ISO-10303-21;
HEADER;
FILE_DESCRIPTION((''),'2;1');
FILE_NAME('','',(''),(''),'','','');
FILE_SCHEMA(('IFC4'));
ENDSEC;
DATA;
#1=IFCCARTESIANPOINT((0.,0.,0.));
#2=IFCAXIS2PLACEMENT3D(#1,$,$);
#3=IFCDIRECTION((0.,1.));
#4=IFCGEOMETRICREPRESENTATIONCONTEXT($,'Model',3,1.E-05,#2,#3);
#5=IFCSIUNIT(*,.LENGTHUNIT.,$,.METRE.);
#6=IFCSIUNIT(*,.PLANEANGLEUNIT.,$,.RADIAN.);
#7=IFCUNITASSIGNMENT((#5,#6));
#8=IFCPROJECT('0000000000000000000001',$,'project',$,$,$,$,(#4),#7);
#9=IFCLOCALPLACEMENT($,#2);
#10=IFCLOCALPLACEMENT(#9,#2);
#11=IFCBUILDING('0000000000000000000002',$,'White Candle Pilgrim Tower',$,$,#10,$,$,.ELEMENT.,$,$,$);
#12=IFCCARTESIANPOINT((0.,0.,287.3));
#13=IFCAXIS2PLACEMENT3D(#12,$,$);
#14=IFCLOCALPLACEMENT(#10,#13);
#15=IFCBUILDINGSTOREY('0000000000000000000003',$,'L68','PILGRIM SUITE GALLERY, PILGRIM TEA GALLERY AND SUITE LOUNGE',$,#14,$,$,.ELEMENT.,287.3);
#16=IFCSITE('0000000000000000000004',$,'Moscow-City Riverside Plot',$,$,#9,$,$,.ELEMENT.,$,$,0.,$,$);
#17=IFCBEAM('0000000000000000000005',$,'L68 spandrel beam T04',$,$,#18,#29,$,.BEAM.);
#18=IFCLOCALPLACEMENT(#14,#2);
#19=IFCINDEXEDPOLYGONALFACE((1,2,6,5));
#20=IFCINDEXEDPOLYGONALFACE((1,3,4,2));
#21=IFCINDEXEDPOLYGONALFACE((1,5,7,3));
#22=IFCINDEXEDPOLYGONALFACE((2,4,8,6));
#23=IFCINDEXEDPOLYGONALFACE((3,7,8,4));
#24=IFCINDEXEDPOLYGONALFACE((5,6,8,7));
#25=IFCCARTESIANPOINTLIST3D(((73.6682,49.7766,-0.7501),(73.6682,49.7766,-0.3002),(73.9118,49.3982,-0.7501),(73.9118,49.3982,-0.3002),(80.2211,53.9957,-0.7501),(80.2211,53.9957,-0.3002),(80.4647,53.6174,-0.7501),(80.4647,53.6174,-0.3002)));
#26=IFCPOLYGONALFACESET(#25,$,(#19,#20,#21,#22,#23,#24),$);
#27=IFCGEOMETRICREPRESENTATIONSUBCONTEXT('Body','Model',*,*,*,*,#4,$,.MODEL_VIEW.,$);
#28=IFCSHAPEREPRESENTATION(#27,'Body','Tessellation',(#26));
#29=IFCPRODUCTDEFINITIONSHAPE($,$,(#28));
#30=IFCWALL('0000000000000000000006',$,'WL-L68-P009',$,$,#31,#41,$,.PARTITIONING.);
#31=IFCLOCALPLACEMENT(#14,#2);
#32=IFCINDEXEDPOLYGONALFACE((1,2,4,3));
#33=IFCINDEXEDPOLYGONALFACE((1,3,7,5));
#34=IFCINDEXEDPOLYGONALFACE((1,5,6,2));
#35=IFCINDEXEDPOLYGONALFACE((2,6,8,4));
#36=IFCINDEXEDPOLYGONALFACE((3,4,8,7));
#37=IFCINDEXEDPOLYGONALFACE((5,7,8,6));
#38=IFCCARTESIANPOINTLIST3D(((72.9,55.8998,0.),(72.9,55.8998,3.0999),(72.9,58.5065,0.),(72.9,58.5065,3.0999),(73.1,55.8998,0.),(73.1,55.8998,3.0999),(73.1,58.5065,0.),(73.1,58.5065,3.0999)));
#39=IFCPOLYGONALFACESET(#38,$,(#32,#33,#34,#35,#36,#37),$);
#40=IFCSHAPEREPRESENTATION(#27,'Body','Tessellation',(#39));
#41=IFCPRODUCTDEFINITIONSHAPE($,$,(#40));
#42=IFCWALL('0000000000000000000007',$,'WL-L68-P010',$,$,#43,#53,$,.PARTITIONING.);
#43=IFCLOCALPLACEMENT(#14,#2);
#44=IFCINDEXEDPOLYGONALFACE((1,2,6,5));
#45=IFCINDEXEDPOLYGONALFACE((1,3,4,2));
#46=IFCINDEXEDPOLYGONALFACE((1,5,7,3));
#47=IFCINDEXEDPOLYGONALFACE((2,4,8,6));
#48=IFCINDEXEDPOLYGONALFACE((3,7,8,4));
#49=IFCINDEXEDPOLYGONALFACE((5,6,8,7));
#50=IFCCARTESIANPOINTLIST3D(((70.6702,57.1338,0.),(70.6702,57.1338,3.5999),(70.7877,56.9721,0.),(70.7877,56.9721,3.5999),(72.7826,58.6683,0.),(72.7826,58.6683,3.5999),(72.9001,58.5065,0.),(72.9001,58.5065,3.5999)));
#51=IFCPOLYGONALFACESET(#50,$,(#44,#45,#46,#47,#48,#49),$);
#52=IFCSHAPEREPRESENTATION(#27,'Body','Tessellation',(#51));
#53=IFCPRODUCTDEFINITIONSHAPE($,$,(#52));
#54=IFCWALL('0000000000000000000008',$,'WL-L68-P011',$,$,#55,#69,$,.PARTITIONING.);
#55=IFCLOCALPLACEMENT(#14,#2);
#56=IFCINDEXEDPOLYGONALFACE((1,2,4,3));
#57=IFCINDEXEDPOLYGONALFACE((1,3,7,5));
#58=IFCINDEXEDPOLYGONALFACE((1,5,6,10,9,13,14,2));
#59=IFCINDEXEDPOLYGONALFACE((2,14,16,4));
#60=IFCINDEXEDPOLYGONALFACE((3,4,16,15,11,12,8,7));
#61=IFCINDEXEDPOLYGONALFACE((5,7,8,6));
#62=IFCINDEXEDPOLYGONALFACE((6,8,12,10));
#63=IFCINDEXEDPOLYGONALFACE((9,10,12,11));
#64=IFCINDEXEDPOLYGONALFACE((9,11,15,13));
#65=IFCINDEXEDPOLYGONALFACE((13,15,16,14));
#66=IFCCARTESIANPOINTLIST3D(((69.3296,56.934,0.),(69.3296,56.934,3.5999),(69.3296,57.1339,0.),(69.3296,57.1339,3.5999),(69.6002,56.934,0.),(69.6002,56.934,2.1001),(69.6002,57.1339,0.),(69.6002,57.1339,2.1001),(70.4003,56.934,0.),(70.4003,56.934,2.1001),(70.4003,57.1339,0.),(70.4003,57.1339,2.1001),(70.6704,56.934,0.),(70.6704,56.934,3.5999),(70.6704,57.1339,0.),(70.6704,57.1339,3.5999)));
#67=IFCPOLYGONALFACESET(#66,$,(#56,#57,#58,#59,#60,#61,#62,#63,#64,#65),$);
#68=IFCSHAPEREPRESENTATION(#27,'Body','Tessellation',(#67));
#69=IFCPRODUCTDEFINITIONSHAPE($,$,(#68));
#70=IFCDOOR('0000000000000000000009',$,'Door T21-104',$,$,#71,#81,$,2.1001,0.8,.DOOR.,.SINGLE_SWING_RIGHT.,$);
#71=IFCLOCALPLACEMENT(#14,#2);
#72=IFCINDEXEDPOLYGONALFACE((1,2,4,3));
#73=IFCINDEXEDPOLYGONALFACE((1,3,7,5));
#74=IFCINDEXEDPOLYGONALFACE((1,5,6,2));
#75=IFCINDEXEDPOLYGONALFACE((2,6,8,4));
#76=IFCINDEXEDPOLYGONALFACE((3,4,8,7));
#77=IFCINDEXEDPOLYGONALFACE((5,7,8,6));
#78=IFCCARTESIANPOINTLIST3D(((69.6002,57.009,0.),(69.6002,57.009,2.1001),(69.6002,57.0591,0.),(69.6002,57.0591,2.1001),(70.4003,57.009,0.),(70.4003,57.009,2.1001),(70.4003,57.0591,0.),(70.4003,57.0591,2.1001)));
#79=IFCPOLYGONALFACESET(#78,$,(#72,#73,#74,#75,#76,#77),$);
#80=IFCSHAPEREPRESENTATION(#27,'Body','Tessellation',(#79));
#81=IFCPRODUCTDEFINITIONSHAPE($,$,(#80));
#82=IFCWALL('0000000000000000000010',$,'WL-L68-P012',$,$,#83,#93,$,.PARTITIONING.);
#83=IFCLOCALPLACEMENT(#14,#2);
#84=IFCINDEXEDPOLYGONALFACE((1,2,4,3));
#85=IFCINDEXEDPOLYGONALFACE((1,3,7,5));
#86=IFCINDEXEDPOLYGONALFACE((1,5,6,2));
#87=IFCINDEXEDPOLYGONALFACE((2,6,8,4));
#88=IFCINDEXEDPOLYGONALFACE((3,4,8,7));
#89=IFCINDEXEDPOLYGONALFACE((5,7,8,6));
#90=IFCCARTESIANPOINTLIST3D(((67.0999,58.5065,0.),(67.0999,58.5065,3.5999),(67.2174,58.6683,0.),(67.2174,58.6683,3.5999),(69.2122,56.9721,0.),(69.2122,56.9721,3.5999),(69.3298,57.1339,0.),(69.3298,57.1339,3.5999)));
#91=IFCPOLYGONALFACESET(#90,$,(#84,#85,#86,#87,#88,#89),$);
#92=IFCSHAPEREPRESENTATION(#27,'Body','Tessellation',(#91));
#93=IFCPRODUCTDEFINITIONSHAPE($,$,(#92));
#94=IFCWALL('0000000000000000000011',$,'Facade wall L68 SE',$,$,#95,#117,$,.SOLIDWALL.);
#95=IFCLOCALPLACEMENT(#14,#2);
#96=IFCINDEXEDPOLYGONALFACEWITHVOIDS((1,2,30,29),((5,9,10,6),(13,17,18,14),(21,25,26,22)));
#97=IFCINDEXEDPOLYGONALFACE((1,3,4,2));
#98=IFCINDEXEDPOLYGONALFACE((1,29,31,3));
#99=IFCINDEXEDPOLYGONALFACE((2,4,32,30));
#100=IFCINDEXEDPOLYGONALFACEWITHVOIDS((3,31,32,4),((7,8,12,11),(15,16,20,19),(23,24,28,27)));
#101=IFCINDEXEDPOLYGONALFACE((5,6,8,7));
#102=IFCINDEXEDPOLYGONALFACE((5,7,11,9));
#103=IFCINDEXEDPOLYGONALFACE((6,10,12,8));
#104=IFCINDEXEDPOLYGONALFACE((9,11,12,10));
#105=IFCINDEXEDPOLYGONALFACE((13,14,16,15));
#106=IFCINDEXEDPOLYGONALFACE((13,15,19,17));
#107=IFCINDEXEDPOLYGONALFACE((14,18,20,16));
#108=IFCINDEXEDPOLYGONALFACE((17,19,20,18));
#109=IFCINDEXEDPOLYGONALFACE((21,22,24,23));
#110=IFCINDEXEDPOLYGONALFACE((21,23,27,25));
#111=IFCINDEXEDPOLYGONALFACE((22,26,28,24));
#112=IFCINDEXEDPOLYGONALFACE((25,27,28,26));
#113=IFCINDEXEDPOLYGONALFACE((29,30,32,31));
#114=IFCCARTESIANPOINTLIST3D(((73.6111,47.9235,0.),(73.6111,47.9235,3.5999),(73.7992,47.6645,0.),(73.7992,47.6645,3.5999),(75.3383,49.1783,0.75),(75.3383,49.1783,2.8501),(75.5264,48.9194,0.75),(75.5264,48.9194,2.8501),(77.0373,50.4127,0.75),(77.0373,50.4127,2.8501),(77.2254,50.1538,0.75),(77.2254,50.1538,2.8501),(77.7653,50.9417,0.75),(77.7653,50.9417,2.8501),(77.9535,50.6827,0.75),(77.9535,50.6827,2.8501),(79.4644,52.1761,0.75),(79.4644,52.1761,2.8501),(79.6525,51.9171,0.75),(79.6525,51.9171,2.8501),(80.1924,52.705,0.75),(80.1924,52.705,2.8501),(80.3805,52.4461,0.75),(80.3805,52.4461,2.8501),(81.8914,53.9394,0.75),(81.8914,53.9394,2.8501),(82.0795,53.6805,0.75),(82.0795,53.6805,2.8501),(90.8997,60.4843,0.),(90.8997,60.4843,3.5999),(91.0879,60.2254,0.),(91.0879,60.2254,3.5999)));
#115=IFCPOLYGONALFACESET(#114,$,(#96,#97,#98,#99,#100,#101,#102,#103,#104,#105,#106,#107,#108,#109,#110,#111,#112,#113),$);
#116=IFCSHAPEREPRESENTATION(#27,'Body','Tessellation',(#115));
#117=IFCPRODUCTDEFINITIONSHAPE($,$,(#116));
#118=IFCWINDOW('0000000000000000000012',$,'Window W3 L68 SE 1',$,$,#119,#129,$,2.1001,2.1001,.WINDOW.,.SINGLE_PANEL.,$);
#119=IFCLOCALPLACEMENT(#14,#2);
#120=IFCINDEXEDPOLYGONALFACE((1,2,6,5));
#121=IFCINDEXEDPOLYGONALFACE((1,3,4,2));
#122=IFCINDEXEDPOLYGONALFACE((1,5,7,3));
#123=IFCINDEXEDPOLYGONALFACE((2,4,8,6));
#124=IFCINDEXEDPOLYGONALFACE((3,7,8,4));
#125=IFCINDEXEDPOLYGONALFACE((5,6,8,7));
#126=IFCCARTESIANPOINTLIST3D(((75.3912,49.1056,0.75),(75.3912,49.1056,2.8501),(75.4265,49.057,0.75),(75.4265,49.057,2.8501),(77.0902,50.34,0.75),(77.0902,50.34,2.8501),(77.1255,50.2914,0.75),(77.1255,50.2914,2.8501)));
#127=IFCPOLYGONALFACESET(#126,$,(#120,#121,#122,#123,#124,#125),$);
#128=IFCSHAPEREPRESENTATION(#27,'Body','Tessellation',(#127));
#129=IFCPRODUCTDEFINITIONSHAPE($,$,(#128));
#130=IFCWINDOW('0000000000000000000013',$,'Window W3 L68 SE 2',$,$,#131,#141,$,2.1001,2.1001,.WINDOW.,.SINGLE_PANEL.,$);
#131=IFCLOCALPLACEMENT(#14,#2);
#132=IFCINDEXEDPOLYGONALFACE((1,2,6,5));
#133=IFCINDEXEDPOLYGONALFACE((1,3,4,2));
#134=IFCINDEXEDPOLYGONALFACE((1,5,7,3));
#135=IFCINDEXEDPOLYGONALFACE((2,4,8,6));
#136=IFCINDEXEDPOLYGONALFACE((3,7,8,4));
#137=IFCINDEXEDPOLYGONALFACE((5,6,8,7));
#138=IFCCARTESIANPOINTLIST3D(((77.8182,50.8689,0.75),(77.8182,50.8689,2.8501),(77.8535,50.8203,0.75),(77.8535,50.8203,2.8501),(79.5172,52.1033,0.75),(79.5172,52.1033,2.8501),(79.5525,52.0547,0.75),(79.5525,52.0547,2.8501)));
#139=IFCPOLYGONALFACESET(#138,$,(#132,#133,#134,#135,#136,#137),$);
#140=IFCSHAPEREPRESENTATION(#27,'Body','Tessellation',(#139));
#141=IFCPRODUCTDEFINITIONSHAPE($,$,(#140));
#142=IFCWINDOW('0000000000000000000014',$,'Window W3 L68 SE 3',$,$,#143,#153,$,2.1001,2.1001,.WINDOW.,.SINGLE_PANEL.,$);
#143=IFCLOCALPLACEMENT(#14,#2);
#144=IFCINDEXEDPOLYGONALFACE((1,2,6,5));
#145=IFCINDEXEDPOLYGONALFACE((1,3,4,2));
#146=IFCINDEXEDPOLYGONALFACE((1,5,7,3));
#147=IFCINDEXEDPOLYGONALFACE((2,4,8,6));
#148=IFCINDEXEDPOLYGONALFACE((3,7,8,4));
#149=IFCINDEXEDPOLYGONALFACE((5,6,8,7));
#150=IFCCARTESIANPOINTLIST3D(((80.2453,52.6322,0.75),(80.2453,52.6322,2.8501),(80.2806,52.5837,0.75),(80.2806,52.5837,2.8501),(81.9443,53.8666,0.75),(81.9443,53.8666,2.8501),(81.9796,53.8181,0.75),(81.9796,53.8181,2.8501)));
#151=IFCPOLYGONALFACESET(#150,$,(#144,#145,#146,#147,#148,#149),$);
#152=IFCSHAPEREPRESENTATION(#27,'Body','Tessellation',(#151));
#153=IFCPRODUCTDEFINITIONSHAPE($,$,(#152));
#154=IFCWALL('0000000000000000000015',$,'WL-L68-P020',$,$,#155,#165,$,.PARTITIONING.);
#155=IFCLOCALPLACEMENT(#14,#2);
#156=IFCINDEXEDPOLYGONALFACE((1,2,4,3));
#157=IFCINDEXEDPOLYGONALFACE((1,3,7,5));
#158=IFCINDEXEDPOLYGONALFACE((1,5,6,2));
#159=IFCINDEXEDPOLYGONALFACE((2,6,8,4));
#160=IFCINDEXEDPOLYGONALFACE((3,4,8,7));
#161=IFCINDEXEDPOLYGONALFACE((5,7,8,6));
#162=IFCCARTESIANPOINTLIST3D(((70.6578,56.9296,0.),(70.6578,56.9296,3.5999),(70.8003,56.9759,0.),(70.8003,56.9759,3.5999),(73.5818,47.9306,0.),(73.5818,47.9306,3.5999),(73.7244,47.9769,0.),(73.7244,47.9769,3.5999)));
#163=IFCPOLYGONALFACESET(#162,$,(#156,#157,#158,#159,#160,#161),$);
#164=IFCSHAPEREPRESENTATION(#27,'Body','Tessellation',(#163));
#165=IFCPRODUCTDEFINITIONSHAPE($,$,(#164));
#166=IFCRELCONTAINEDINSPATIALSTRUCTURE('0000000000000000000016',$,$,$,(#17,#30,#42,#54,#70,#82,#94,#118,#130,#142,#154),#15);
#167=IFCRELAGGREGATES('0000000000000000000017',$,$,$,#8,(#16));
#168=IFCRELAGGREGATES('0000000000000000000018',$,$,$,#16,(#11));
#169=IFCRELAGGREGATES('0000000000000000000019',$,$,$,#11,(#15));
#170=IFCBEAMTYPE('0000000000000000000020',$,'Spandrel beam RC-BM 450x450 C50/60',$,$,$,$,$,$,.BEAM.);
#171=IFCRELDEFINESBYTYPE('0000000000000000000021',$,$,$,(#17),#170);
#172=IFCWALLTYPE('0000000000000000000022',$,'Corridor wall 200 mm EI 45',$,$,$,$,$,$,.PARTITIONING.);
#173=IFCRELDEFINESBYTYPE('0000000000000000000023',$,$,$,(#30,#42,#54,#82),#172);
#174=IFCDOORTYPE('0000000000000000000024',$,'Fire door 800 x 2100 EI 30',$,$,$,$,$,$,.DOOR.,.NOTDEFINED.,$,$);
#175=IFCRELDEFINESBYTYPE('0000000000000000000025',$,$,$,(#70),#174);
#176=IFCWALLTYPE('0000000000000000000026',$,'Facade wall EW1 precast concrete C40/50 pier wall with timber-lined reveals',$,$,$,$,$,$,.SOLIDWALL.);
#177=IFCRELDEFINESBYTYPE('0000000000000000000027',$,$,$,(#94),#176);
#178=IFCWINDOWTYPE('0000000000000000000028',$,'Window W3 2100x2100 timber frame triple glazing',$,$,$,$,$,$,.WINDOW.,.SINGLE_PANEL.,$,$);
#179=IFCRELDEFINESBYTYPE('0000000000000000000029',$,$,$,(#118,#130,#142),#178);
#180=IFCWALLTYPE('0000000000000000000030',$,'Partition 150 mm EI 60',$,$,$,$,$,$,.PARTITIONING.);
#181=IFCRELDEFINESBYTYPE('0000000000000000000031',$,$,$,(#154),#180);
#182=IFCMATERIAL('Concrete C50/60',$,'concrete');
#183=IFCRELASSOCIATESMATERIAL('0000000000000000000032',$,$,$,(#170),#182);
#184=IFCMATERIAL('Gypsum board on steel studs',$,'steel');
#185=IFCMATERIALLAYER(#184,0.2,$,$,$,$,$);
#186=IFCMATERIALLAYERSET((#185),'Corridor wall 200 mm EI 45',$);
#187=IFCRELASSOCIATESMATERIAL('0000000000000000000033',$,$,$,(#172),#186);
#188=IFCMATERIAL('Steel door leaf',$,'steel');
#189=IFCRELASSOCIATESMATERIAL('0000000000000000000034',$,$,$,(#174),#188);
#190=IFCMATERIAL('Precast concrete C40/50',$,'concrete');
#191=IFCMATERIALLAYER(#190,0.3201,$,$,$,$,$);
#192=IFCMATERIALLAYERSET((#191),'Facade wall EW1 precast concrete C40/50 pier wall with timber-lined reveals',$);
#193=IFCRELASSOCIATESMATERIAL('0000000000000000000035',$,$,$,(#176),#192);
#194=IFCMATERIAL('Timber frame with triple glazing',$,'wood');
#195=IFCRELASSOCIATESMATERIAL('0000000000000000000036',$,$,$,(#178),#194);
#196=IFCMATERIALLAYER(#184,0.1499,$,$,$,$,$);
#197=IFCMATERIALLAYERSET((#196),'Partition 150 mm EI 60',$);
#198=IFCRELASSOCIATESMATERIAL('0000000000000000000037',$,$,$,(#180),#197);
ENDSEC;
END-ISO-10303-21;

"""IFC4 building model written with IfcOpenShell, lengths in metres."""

from ifc_helpers import new_model, si_unit, direction, frame, frame_2d, origin, origin_2d, place, context, subcontext, project, spatial, rectangle, extrude, material, layer, layer_set, material_profile, profile_set, type_object, element, fill, save


model = new_model("IFC4")

# Units and contexts
model_context = context("Model", 3, precision=1e-05, world=origin(), true_north=direction((0.0, 1.0)))
body_context = subcontext(model_context, "Body", "Model", "MODEL_VIEW")
ifc_project = project(units=[si_unit("LENGTHUNIT", "METRE"), si_unit("PLANEANGLEUNIT", "RADIAN")], contexts=[model_context])

# Site, building, storey
site_placement = place(None, origin())
site = spatial("IfcSite", under=ifc_project, at=site_placement, Name="Moscow-City Riverside Plot", CompositionType="ELEMENT", RefElevation=0.0)
building_placement = place(site_placement, origin())
building = spatial("IfcBuilding", under=site, at=building_placement, Name="White Candle Pilgrim Tower", CompositionType="ELEMENT")
storey_placement = place(building_placement, frame((0.0, 0.0, 287.3)))
storey = spatial("IfcBuildingStorey", under=building, at=storey_placement, Name="L68", Description="PILGRIM SUITE GALLERY, PILGRIM TEA GALLERY AND SUITE LOUNGE", CompositionType="ELEMENT", Elevation=287.3)

# Beam
ifc_material_1 = material(Name="Concrete C50/60", Category="concrete")
ifc_material_profile_1 = material_profile(ifc_material_1, rectangle(XDim=0.45, YDim=0.45, at=origin_2d()), Name="RC-BM 450x450")
ifc_profile_set_1 = profile_set([ifc_material_profile_1], Name="Concrete C50/60")
beam_type_1 = type_object("IfcBeamType", Name="Spandrel beam RC-BM 450x450 C50/60", PredefinedType="BEAM", material=ifc_profile_set_1)
beam_1_placement = place(storey_placement, frame((73.79, 49.5874, -0.5251), z_axis=(0.840793, 0.541357, 0.0), x_axis=(-0.541357, 0.840793, 0.0)))
element("IfcBeam", 1, at=beam_1_placement, inside=storey, type_object=beam_type_1, Name="L68 spandrel beam T04", PredefinedType="BEAM", context=body_context, shape_type="SweptSolid", body=[
    extrude(rectangle(XDim=0.45, YDim=0.45, at=origin_2d()), origin(), (0.0, 0.0, 1.0), 7.7937),
])

# Walls
ifc_material_2 = material(Name="Gypsum board on steel studs", Category="steel")
ifc_layer_1 = layer(ifc_material_2, 0.2)
ifc_layer_set_1 = layer_set([ifc_layer_1], Name="Corridor wall 200 mm EI 45")
wall_type_1 = type_object("IfcWallType", Name="Corridor wall 200 mm EI 45", PredefinedType="PARTITIONING", material=ifc_layer_set_1)
wall_1_placement = place(storey_placement, frame((73.0, 55.8999, 0.0), z_axis=(0.0, 0.0, 1.0), x_axis=(0.0, 1.0, 0.0)))
element("IfcWall", 2, at=wall_1_placement, inside=storey, type_object=wall_type_1, Name="WL-L68-P009", PredefinedType="PARTITIONING", context=body_context, shape_type="SweptSolid", body=[
    extrude(rectangle(XDim=2.6067, YDim=0.2, at=frame_2d((1.3032, 0.0))), origin(), (0.0, 0.0, 1.0), 3.0999),
])
wall_2_placement = place(storey_placement, frame((72.8413, 58.5874, 0.0), z_axis=(0.0, 0.0, 1.0), x_axis=(-0.809064, -0.587721, 0.0)))
element("IfcWall", 3, at=wall_2_placement, inside=storey, type_object=wall_type_1, Name="WL-L68-P010", PredefinedType="PARTITIONING", context=body_context, shape_type="SweptSolid", body=[
    extrude(rectangle(XDim=2.6108, YDim=0.2, at=frame_2d((1.3054, 0.0))), origin(), (0.0, 0.0, 1.0), 3.5999),
])

# Wall, opening, door
wall_3_placement = place(storey_placement, frame((70.6704, 57.0339, 0.0), z_axis=(0.0, 0.0, 1.0), x_axis=(-1.0, 0.0, 0.0)))
wall_3 = element("IfcWall", 4, at=wall_3_placement, inside=storey, type_object=wall_type_1, Name="WL-L68-P011", PredefinedType="PARTITIONING", context=body_context, shape_type="SweptSolid", body=[
    extrude(rectangle(XDim=1.3408, YDim=0.2, at=frame_2d((0.6704, 0.0))), origin(), (0.0, 0.0, 1.0), 3.5999),
])
opening_1_placement = place(wall_3_placement, frame((0.2703, 0.0, 0.0)))
opening_1 = element("IfcOpeningElement", 5, at=opening_1_placement, cuts=wall_3, PredefinedType="OPENING", context=body_context, shape_type="SweptSolid", body=[
    extrude(rectangle(XDim=0.8, YDim=2.1001, at=frame_2d((0.3999, 1.05))), frame((0.0, 0.1099, 0.0), z_axis=(0.0, -1.0, 0.0), x_axis=(1.0, 0.0, 0.0)), (0.0, 0.0, 1.0), 0.22),
])
ifc_material_3 = material(Name="Steel door leaf", Category="steel")
door_type_1 = type_object("IfcDoorType", Name="Fire door 800 x 2100 EI 30", OperationType="NOTDEFINED", PredefinedType="DOOR", material=ifc_material_3)
door_1_placement = place(opening_1_placement, origin())
door_1 = element("IfcDoor", 6, at=door_1_placement, inside=storey, type_object=door_type_1, Name="Door T21-104", OperationType="SINGLE_SWING_RIGHT", OverallHeight=2.1001, OverallWidth=0.8, PredefinedType="DOOR", context=body_context, shape_type="SweptSolid", body=[
    extrude(rectangle(XDim=0.8, YDim=2.1001, at=frame_2d((0.3999, 1.05))), frame((0.0, 0.0249, 0.0), z_axis=(0.0, -1.0, 0.0), x_axis=(1.0, 0.0, 0.0)), (0.0, 0.0, 1.0), 0.05),
])
fill(opening_1, door_1)

# Wall
wall_4_placement = place(storey_placement, frame((69.271, 57.053, 0.0), z_axis=(0.0, 0.0, 1.0), x_axis=(-0.809064, 0.587721, 0.0)))
element("IfcWall", 7, at=wall_4_placement, inside=storey, type_object=wall_type_1, Name="WL-L68-P012", PredefinedType="PARTITIONING", context=body_context, shape_type="SweptSolid", body=[
    extrude(rectangle(XDim=2.6108, YDim=0.2, at=frame_2d((1.3054, 0.0))), origin(), (0.0, 0.0, 1.0), 3.5999),
])

# Wall, openings, windows
ifc_material_4 = material(Name="Precast concrete C40/50", Category="concrete")
ifc_layer_2 = layer(ifc_material_4, 0.3201)
ifc_layer_set_2 = layer_set([ifc_layer_2], Name="Facade wall EW1 precast concrete C40/50 pier wall with timber-lined reveals")
wall_type_2 = type_object("IfcWallType", Name="Facade wall EW1 precast concrete C40/50 pier wall with timber-lined reveals", PredefinedType="SOLIDWALL", material=ifc_layer_set_2)
wall_5_placement = place(storey_placement, frame((73.7051, 47.7939, 0.0), z_axis=(0.0, 0.0, 1.0), x_axis=(0.809019, 0.587782, 0.0)))
wall_5 = element("IfcWall", 8, at=wall_5_placement, inside=storey, type_object=wall_type_2, Name="Facade wall L68 SE", PredefinedType="SOLIDWALL", context=body_context, shape_type="SweptSolid", body=[
    extrude(rectangle(XDim=21.3699, YDim=0.3201, at=frame_2d((10.6851, 0.0))), origin(), (0.0, 0.0, 1.0), 3.5999),
])
opening_2_placement = place(wall_5_placement, frame((2.135, 0.0, 0.75)))
opening_2 = element("IfcOpeningElement", 9, at=opening_2_placement, cuts=wall_5, PredefinedType="OPENING", context=body_context, shape_type="SweptSolid", body=[
    extrude(rectangle(XDim=2.1001, YDim=2.1001, at=frame_2d((1.05, 1.05))), frame((0.0, 0.1699, 0.0), z_axis=(0.0, -1.0, 0.0), x_axis=(1.0, 0.0, 0.0)), (0.0, 0.0, 1.0), 0.3401),
])
opening_3_placement = place(wall_5_placement, frame((5.135, 0.0, 0.75)))
opening_3 = element("IfcOpeningElement", 10, at=opening_3_placement, cuts=wall_5, PredefinedType="OPENING", context=body_context, shape_type="SweptSolid", body=[
    extrude(rectangle(XDim=2.1001, YDim=2.1001, at=frame_2d((1.05, 1.05))), frame((0.0, 0.1699, 0.0), z_axis=(0.0, -1.0, 0.0), x_axis=(1.0, 0.0, 0.0)), (0.0, 0.0, 1.0), 0.3401),
])
opening_4_placement = place(wall_5_placement, frame((8.135, 0.0, 0.75)))
opening_4 = element("IfcOpeningElement", 11, at=opening_4_placement, cuts=wall_5, PredefinedType="OPENING", context=body_context, shape_type="SweptSolid", body=[
    extrude(rectangle(XDim=2.1001, YDim=2.1001, at=frame_2d((1.05, 1.05))), frame((0.0, 0.1699, 0.0), z_axis=(0.0, -1.0, 0.0), x_axis=(1.0, 0.0, 0.0)), (0.0, 0.0, 1.0), 0.3401),
])
ifc_material_5 = material(Name="Timber frame with triple glazing", Category="wood")
window_type = type_object("IfcWindowType", Name="Window W3 2100x2100 timber frame triple glazing", PartitioningType="SINGLE_PANEL", PredefinedType="WINDOW", material=ifc_material_5)
window_1_placement = place(opening_2_placement, origin())
window_1 = element("IfcWindow", 12, at=window_1_placement, inside=storey, type_object=window_type, Name="Window W3 L68 SE 1", OverallHeight=2.1001, OverallWidth=2.1001, PartitioningType="SINGLE_PANEL", PredefinedType="WINDOW", context=body_context, shape_type="SweptSolid", body=[
    extrude(rectangle(XDim=2.1001, YDim=2.1001, at=frame_2d((1.05, 1.05))), frame((0.0, 0.0701, 0.0), z_axis=(0.0, -1.0, 0.0), x_axis=(1.0, 0.0, 0.0)), (0.0, 0.0, 1.0), 0.0601),
])
fill(opening_2, window_1)
window_2_placement = place(opening_3_placement, origin())
window_2 = element("IfcWindow", 13, at=window_2_placement, inside=storey, type_object=window_type, Name="Window W3 L68 SE 2", OverallHeight=2.1001, OverallWidth=2.1001, PartitioningType="SINGLE_PANEL", PredefinedType="WINDOW", context=body_context, shape_type="SweptSolid", body=[
    extrude(rectangle(XDim=2.1001, YDim=2.1001, at=frame_2d((1.05, 1.05))), frame((0.0, 0.0701, 0.0), z_axis=(0.0, -1.0, 0.0), x_axis=(1.0, 0.0, 0.0)), (0.0, 0.0, 1.0), 0.0601),
])
fill(opening_3, window_2)
window_3_placement = place(opening_4_placement, origin())
window_3 = element("IfcWindow", 14, at=window_3_placement, inside=storey, type_object=window_type, Name="Window W3 L68 SE 3", OverallHeight=2.1001, OverallWidth=2.1001, PartitioningType="SINGLE_PANEL", PredefinedType="WINDOW", context=body_context, shape_type="SweptSolid", body=[
    extrude(rectangle(XDim=2.1001, YDim=2.1001, at=frame_2d((1.05, 1.05))), frame((0.0, 0.0701, 0.0), z_axis=(0.0, -1.0, 0.0), x_axis=(1.0, 0.0, 0.0)), (0.0, 0.0, 1.0), 0.0601),
])
fill(opening_4, window_3)

# Wall
ifc_layer_3 = layer(ifc_material_2, 0.1499)
ifc_layer_set_3 = layer_set([ifc_layer_3], Name="Partition 150 mm EI 60")
wall_type_3 = type_object("IfcWallType", Name="Partition 150 mm EI 60", PredefinedType="PARTITIONING", material=ifc_layer_set_3)
wall_6_placement = place(storey_placement, frame((73.6531, 47.9539, 0.0), z_axis=(0.0, 0.0, 1.0), x_axis=(-0.309028, 0.951053, 0.0)))
element("IfcWall", 15, at=wall_6_placement, inside=storey, type_object=wall_type_3, Name="WL-L68-P020", PredefinedType="PARTITIONING", context=body_context, shape_type="SweptSolid", body=[
    extrude(rectangle(XDim=9.4622, YDim=0.1499, at=frame_2d((4.731, 0.0))), origin(), (0.0, 0.0, 1.0), 3.5999),
])

save(model, "model.ifc")
